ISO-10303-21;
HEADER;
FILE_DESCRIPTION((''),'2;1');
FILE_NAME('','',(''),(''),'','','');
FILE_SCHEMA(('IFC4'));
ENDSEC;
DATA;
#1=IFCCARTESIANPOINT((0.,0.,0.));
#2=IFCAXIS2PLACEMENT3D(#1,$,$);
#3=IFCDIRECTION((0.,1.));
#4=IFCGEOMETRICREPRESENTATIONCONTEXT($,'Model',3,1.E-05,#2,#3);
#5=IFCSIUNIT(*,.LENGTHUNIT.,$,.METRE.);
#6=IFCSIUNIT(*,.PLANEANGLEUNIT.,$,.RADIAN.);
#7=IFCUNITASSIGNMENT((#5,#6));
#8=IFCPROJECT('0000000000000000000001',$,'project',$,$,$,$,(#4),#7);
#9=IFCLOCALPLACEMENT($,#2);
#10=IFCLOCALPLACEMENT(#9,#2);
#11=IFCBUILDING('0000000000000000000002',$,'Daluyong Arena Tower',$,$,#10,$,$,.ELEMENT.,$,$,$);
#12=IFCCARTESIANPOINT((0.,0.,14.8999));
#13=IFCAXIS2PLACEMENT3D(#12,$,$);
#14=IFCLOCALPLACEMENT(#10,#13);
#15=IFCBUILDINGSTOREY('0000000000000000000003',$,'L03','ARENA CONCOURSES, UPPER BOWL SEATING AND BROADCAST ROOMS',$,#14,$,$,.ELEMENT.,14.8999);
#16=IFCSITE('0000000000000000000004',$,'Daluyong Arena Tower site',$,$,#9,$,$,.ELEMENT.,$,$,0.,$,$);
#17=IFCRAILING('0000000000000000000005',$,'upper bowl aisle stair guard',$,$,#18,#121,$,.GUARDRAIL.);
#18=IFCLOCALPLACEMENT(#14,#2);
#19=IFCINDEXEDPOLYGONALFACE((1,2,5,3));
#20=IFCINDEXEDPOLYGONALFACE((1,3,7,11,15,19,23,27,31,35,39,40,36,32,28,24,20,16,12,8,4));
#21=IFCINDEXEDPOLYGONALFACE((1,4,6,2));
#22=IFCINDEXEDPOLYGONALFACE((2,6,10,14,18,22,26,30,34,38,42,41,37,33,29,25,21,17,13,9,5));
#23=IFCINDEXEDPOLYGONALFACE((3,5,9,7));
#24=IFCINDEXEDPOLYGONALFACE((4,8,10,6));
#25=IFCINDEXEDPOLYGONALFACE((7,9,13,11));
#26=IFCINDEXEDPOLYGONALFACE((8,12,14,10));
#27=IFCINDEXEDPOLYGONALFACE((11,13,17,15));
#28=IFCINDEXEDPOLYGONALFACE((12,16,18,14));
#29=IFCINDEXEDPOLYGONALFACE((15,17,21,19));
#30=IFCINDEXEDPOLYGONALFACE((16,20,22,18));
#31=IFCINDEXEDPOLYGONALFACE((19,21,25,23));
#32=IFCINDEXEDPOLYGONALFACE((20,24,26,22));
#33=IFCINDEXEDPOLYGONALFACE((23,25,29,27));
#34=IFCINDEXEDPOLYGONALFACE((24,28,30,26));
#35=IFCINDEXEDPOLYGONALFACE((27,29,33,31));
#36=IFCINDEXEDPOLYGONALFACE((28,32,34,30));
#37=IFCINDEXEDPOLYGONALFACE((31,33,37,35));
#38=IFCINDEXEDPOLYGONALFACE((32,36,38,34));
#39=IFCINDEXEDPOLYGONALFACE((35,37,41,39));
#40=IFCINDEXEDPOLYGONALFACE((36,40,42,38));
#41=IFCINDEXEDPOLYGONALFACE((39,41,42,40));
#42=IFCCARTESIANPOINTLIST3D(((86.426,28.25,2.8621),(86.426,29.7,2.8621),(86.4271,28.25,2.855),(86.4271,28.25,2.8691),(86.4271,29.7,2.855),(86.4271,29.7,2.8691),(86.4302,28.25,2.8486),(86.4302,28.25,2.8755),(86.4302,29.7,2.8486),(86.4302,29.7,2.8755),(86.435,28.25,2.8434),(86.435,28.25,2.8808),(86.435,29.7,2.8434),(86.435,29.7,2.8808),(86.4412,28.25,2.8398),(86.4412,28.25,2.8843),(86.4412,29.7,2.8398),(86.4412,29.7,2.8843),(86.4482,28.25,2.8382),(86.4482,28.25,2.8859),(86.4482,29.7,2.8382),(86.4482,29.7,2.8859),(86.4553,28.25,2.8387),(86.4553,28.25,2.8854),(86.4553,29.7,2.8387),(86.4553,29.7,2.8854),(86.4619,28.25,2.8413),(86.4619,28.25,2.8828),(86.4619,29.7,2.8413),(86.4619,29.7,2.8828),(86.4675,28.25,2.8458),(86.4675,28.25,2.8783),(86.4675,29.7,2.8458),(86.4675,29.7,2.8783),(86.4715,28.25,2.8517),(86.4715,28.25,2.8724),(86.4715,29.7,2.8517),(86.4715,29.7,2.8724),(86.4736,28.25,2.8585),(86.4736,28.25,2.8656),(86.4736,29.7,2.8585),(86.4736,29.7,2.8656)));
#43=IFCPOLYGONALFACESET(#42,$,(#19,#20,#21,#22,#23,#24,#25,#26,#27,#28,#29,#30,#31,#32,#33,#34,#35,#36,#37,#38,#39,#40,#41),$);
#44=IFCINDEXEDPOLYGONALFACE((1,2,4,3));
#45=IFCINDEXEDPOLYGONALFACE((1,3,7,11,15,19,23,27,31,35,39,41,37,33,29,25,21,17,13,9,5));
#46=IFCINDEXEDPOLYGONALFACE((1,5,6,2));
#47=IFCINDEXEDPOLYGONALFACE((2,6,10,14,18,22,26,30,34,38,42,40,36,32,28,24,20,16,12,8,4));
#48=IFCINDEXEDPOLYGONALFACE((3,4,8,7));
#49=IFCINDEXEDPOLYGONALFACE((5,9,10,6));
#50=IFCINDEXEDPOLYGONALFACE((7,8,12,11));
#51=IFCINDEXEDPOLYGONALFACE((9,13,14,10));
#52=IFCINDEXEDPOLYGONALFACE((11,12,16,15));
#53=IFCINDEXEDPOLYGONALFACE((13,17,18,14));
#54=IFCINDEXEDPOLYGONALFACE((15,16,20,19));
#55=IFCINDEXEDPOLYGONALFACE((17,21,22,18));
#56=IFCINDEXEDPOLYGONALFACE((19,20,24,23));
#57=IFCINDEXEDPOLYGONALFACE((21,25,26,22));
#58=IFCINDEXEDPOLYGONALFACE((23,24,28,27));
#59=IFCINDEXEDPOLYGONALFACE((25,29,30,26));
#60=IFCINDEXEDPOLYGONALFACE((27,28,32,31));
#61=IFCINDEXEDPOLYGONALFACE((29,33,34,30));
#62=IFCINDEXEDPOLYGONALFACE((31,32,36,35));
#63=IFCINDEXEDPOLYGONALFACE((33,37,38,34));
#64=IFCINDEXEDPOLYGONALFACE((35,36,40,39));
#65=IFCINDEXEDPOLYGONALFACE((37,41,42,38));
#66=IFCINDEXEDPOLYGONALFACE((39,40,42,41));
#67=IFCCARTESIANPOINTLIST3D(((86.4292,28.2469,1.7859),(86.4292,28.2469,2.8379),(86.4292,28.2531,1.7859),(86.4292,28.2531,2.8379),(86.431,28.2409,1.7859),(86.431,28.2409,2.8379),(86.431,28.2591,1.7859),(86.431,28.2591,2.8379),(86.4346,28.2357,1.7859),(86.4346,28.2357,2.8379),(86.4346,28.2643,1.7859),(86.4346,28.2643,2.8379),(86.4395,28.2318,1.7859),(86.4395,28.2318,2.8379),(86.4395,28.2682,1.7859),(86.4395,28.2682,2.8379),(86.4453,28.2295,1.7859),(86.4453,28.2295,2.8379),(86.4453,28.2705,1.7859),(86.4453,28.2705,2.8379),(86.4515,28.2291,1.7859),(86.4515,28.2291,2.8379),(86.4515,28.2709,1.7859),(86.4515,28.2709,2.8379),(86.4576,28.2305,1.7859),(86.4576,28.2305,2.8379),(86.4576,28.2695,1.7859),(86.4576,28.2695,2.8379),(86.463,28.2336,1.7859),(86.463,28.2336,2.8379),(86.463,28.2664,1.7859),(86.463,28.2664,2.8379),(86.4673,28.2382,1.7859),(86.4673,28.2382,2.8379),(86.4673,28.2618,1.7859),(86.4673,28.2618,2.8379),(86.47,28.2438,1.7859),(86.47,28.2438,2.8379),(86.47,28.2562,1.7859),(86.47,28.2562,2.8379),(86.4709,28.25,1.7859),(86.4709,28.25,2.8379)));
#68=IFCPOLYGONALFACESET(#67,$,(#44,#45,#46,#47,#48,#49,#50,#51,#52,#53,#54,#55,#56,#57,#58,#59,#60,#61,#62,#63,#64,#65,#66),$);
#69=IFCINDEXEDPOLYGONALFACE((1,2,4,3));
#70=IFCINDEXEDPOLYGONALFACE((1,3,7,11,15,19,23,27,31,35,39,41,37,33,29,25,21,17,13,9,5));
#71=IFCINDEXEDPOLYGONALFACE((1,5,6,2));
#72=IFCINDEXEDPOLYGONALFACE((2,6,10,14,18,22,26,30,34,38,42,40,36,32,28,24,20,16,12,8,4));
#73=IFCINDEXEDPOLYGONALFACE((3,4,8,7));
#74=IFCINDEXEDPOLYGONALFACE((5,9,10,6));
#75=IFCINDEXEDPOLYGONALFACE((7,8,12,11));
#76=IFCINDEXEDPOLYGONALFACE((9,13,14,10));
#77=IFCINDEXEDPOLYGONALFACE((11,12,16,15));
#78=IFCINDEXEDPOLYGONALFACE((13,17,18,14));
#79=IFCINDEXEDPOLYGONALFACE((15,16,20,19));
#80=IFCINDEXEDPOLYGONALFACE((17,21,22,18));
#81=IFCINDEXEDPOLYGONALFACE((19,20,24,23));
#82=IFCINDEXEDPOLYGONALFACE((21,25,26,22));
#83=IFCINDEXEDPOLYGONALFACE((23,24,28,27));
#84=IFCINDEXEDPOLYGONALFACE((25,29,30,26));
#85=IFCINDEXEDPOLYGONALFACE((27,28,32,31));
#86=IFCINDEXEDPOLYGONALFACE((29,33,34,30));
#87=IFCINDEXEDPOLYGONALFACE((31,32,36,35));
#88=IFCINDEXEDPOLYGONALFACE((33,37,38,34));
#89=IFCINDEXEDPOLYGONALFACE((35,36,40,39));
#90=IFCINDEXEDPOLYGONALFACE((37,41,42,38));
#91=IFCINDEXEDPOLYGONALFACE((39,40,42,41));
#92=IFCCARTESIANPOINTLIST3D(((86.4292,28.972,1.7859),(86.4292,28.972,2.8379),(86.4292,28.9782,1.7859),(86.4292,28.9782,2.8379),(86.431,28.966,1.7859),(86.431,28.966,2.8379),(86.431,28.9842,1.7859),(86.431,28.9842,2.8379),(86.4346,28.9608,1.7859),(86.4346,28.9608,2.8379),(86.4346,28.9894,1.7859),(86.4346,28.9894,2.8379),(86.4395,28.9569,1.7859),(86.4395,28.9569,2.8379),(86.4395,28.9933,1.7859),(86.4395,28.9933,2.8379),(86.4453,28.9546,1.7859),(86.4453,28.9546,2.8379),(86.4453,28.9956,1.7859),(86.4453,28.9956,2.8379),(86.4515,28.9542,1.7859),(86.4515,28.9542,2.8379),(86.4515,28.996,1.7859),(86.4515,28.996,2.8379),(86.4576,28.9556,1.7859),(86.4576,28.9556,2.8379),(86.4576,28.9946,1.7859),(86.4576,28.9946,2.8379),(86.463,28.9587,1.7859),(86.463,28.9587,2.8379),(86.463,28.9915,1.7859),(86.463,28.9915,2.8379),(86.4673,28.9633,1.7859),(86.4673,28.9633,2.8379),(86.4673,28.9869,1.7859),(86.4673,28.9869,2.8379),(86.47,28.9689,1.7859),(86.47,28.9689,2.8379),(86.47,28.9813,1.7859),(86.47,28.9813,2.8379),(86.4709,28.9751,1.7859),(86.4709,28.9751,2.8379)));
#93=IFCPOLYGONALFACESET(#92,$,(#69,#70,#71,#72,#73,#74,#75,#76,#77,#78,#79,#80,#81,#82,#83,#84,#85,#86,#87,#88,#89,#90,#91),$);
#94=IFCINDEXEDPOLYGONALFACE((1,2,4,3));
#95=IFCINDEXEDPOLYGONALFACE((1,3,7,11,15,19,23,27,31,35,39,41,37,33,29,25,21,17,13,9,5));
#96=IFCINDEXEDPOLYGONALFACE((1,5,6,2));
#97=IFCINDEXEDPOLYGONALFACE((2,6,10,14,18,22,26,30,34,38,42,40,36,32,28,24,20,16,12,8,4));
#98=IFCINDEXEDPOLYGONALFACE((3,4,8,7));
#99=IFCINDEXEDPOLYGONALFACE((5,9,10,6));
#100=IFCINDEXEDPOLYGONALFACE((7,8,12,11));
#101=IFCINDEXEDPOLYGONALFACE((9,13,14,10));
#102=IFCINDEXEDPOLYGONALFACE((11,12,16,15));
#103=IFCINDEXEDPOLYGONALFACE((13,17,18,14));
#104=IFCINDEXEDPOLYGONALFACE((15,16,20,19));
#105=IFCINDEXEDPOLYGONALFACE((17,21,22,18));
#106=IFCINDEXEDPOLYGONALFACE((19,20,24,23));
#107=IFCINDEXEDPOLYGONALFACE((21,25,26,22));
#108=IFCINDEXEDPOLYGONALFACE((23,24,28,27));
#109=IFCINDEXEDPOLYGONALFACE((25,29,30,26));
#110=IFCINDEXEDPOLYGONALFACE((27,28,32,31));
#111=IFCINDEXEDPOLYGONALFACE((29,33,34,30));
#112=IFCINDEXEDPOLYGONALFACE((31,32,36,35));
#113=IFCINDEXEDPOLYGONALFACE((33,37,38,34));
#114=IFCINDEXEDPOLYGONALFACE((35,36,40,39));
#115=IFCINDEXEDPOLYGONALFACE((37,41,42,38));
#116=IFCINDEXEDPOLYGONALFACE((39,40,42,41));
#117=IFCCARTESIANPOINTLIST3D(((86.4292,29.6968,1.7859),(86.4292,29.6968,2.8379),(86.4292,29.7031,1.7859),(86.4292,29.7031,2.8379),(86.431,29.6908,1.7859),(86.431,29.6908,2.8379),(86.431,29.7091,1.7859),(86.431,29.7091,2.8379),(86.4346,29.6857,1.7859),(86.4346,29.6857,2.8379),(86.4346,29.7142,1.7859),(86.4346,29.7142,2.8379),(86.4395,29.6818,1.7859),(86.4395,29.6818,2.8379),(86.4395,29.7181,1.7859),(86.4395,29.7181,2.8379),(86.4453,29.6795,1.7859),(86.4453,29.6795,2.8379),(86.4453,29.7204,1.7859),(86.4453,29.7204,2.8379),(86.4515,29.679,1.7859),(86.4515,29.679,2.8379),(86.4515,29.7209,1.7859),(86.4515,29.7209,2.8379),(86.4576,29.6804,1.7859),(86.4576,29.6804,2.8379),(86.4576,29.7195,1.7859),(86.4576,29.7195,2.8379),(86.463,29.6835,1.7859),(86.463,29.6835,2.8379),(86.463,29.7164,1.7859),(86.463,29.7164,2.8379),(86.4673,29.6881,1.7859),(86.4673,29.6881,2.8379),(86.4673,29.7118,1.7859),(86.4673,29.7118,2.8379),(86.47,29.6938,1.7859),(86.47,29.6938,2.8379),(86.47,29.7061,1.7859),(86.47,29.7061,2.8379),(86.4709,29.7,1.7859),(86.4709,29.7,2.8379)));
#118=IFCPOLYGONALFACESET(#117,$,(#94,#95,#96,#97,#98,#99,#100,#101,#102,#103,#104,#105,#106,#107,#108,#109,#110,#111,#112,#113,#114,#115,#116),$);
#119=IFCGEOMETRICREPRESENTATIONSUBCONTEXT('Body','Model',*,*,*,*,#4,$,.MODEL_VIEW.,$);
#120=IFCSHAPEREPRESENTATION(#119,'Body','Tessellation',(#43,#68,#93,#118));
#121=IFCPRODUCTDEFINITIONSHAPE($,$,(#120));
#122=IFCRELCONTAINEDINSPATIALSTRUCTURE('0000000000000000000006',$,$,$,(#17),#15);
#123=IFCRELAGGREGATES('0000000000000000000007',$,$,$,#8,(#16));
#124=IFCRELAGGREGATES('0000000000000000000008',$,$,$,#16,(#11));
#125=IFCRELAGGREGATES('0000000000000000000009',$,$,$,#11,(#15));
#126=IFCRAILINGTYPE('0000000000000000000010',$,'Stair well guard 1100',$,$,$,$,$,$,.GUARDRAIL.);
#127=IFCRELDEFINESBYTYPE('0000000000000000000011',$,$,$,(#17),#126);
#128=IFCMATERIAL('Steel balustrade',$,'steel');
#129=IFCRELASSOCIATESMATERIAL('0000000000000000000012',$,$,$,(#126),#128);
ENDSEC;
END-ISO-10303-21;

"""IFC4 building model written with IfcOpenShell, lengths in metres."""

from ifc_helpers import new_model, si_unit, direction, frame, origin, origin_2d, place, context, subcontext, project, spatial, circle, extrude, material, type_object, element, save


model = new_model("IFC4")

# Units and contexts
model_context = context("Model", 3, precision=1e-05, world=origin(), true_north=direction((0.0, 1.0)))
body_context = subcontext(model_context, "Body", "Model", "MODEL_VIEW")
ifc_project = project(units=[si_unit("LENGTHUNIT", "METRE"), si_unit("PLANEANGLEUNIT", "RADIAN")], contexts=[model_context])

# Site, building, storey
site_placement = place(None, origin())
site = spatial("IfcSite", under=ifc_project, at=site_placement, Name="Daluyong Arena Tower site", CompositionType="ELEMENT", RefElevation=0.0)
building_placement = place(site_placement, origin())
building = spatial("IfcBuilding", under=site, at=building_placement, Name="Daluyong Arena Tower", CompositionType="ELEMENT")
storey_placement = place(building_placement, frame((0.0, 0.0, 14.8999)))
storey = spatial("IfcBuildingStorey", under=building, at=storey_placement, Name="L03", Description="ARENA CONCOURSES, UPPER BOWL SEATING AND BROADCAST ROOMS", CompositionType="ELEMENT", Elevation=14.8999)

# Railing
ifc_material_1 = material(Name="Steel balustrade", Category="steel")
railing_type_1 = type_object("IfcRailingType", Name="Stair well guard 1100", PredefinedType="GUARDRAIL", material=ifc_material_1)
railing_1_placement = place(storey_placement, frame((86.45, 28.25, 1.7859)))
element("IfcRailing", 1, at=railing_1_placement, inside=storey, type_object=railing_type_1, Name="upper bowl aisle stair guard", PredefinedType="GUARDRAIL", context=body_context, shape_type="SweptSolid", body=[
    extrude(circle(Radius=0.0239, at=origin_2d()), frame((0.0, 0.0, 1.0762), z_axis=(0.0, 1.0, 0.0), x_axis=(-1.0, 0.0, 0.0)), (0.0, 0.0, 1.0), 1.45),
    extrude(circle(Radius=0.021, at=origin_2d()), origin(), (0.0, 0.0, 1.0), 1.052),
    extrude(circle(Radius=0.021, at=origin_2d()), frame((0.0, 0.7251, 0.0)), (0.0, 0.0, 1.0), 1.052),
    extrude(circle(Radius=0.021, at=origin_2d()), frame((0.0, 1.45, 0.0)), (0.0, 0.0, 1.0), 1.052),
])

save(model, "model.ifc")
